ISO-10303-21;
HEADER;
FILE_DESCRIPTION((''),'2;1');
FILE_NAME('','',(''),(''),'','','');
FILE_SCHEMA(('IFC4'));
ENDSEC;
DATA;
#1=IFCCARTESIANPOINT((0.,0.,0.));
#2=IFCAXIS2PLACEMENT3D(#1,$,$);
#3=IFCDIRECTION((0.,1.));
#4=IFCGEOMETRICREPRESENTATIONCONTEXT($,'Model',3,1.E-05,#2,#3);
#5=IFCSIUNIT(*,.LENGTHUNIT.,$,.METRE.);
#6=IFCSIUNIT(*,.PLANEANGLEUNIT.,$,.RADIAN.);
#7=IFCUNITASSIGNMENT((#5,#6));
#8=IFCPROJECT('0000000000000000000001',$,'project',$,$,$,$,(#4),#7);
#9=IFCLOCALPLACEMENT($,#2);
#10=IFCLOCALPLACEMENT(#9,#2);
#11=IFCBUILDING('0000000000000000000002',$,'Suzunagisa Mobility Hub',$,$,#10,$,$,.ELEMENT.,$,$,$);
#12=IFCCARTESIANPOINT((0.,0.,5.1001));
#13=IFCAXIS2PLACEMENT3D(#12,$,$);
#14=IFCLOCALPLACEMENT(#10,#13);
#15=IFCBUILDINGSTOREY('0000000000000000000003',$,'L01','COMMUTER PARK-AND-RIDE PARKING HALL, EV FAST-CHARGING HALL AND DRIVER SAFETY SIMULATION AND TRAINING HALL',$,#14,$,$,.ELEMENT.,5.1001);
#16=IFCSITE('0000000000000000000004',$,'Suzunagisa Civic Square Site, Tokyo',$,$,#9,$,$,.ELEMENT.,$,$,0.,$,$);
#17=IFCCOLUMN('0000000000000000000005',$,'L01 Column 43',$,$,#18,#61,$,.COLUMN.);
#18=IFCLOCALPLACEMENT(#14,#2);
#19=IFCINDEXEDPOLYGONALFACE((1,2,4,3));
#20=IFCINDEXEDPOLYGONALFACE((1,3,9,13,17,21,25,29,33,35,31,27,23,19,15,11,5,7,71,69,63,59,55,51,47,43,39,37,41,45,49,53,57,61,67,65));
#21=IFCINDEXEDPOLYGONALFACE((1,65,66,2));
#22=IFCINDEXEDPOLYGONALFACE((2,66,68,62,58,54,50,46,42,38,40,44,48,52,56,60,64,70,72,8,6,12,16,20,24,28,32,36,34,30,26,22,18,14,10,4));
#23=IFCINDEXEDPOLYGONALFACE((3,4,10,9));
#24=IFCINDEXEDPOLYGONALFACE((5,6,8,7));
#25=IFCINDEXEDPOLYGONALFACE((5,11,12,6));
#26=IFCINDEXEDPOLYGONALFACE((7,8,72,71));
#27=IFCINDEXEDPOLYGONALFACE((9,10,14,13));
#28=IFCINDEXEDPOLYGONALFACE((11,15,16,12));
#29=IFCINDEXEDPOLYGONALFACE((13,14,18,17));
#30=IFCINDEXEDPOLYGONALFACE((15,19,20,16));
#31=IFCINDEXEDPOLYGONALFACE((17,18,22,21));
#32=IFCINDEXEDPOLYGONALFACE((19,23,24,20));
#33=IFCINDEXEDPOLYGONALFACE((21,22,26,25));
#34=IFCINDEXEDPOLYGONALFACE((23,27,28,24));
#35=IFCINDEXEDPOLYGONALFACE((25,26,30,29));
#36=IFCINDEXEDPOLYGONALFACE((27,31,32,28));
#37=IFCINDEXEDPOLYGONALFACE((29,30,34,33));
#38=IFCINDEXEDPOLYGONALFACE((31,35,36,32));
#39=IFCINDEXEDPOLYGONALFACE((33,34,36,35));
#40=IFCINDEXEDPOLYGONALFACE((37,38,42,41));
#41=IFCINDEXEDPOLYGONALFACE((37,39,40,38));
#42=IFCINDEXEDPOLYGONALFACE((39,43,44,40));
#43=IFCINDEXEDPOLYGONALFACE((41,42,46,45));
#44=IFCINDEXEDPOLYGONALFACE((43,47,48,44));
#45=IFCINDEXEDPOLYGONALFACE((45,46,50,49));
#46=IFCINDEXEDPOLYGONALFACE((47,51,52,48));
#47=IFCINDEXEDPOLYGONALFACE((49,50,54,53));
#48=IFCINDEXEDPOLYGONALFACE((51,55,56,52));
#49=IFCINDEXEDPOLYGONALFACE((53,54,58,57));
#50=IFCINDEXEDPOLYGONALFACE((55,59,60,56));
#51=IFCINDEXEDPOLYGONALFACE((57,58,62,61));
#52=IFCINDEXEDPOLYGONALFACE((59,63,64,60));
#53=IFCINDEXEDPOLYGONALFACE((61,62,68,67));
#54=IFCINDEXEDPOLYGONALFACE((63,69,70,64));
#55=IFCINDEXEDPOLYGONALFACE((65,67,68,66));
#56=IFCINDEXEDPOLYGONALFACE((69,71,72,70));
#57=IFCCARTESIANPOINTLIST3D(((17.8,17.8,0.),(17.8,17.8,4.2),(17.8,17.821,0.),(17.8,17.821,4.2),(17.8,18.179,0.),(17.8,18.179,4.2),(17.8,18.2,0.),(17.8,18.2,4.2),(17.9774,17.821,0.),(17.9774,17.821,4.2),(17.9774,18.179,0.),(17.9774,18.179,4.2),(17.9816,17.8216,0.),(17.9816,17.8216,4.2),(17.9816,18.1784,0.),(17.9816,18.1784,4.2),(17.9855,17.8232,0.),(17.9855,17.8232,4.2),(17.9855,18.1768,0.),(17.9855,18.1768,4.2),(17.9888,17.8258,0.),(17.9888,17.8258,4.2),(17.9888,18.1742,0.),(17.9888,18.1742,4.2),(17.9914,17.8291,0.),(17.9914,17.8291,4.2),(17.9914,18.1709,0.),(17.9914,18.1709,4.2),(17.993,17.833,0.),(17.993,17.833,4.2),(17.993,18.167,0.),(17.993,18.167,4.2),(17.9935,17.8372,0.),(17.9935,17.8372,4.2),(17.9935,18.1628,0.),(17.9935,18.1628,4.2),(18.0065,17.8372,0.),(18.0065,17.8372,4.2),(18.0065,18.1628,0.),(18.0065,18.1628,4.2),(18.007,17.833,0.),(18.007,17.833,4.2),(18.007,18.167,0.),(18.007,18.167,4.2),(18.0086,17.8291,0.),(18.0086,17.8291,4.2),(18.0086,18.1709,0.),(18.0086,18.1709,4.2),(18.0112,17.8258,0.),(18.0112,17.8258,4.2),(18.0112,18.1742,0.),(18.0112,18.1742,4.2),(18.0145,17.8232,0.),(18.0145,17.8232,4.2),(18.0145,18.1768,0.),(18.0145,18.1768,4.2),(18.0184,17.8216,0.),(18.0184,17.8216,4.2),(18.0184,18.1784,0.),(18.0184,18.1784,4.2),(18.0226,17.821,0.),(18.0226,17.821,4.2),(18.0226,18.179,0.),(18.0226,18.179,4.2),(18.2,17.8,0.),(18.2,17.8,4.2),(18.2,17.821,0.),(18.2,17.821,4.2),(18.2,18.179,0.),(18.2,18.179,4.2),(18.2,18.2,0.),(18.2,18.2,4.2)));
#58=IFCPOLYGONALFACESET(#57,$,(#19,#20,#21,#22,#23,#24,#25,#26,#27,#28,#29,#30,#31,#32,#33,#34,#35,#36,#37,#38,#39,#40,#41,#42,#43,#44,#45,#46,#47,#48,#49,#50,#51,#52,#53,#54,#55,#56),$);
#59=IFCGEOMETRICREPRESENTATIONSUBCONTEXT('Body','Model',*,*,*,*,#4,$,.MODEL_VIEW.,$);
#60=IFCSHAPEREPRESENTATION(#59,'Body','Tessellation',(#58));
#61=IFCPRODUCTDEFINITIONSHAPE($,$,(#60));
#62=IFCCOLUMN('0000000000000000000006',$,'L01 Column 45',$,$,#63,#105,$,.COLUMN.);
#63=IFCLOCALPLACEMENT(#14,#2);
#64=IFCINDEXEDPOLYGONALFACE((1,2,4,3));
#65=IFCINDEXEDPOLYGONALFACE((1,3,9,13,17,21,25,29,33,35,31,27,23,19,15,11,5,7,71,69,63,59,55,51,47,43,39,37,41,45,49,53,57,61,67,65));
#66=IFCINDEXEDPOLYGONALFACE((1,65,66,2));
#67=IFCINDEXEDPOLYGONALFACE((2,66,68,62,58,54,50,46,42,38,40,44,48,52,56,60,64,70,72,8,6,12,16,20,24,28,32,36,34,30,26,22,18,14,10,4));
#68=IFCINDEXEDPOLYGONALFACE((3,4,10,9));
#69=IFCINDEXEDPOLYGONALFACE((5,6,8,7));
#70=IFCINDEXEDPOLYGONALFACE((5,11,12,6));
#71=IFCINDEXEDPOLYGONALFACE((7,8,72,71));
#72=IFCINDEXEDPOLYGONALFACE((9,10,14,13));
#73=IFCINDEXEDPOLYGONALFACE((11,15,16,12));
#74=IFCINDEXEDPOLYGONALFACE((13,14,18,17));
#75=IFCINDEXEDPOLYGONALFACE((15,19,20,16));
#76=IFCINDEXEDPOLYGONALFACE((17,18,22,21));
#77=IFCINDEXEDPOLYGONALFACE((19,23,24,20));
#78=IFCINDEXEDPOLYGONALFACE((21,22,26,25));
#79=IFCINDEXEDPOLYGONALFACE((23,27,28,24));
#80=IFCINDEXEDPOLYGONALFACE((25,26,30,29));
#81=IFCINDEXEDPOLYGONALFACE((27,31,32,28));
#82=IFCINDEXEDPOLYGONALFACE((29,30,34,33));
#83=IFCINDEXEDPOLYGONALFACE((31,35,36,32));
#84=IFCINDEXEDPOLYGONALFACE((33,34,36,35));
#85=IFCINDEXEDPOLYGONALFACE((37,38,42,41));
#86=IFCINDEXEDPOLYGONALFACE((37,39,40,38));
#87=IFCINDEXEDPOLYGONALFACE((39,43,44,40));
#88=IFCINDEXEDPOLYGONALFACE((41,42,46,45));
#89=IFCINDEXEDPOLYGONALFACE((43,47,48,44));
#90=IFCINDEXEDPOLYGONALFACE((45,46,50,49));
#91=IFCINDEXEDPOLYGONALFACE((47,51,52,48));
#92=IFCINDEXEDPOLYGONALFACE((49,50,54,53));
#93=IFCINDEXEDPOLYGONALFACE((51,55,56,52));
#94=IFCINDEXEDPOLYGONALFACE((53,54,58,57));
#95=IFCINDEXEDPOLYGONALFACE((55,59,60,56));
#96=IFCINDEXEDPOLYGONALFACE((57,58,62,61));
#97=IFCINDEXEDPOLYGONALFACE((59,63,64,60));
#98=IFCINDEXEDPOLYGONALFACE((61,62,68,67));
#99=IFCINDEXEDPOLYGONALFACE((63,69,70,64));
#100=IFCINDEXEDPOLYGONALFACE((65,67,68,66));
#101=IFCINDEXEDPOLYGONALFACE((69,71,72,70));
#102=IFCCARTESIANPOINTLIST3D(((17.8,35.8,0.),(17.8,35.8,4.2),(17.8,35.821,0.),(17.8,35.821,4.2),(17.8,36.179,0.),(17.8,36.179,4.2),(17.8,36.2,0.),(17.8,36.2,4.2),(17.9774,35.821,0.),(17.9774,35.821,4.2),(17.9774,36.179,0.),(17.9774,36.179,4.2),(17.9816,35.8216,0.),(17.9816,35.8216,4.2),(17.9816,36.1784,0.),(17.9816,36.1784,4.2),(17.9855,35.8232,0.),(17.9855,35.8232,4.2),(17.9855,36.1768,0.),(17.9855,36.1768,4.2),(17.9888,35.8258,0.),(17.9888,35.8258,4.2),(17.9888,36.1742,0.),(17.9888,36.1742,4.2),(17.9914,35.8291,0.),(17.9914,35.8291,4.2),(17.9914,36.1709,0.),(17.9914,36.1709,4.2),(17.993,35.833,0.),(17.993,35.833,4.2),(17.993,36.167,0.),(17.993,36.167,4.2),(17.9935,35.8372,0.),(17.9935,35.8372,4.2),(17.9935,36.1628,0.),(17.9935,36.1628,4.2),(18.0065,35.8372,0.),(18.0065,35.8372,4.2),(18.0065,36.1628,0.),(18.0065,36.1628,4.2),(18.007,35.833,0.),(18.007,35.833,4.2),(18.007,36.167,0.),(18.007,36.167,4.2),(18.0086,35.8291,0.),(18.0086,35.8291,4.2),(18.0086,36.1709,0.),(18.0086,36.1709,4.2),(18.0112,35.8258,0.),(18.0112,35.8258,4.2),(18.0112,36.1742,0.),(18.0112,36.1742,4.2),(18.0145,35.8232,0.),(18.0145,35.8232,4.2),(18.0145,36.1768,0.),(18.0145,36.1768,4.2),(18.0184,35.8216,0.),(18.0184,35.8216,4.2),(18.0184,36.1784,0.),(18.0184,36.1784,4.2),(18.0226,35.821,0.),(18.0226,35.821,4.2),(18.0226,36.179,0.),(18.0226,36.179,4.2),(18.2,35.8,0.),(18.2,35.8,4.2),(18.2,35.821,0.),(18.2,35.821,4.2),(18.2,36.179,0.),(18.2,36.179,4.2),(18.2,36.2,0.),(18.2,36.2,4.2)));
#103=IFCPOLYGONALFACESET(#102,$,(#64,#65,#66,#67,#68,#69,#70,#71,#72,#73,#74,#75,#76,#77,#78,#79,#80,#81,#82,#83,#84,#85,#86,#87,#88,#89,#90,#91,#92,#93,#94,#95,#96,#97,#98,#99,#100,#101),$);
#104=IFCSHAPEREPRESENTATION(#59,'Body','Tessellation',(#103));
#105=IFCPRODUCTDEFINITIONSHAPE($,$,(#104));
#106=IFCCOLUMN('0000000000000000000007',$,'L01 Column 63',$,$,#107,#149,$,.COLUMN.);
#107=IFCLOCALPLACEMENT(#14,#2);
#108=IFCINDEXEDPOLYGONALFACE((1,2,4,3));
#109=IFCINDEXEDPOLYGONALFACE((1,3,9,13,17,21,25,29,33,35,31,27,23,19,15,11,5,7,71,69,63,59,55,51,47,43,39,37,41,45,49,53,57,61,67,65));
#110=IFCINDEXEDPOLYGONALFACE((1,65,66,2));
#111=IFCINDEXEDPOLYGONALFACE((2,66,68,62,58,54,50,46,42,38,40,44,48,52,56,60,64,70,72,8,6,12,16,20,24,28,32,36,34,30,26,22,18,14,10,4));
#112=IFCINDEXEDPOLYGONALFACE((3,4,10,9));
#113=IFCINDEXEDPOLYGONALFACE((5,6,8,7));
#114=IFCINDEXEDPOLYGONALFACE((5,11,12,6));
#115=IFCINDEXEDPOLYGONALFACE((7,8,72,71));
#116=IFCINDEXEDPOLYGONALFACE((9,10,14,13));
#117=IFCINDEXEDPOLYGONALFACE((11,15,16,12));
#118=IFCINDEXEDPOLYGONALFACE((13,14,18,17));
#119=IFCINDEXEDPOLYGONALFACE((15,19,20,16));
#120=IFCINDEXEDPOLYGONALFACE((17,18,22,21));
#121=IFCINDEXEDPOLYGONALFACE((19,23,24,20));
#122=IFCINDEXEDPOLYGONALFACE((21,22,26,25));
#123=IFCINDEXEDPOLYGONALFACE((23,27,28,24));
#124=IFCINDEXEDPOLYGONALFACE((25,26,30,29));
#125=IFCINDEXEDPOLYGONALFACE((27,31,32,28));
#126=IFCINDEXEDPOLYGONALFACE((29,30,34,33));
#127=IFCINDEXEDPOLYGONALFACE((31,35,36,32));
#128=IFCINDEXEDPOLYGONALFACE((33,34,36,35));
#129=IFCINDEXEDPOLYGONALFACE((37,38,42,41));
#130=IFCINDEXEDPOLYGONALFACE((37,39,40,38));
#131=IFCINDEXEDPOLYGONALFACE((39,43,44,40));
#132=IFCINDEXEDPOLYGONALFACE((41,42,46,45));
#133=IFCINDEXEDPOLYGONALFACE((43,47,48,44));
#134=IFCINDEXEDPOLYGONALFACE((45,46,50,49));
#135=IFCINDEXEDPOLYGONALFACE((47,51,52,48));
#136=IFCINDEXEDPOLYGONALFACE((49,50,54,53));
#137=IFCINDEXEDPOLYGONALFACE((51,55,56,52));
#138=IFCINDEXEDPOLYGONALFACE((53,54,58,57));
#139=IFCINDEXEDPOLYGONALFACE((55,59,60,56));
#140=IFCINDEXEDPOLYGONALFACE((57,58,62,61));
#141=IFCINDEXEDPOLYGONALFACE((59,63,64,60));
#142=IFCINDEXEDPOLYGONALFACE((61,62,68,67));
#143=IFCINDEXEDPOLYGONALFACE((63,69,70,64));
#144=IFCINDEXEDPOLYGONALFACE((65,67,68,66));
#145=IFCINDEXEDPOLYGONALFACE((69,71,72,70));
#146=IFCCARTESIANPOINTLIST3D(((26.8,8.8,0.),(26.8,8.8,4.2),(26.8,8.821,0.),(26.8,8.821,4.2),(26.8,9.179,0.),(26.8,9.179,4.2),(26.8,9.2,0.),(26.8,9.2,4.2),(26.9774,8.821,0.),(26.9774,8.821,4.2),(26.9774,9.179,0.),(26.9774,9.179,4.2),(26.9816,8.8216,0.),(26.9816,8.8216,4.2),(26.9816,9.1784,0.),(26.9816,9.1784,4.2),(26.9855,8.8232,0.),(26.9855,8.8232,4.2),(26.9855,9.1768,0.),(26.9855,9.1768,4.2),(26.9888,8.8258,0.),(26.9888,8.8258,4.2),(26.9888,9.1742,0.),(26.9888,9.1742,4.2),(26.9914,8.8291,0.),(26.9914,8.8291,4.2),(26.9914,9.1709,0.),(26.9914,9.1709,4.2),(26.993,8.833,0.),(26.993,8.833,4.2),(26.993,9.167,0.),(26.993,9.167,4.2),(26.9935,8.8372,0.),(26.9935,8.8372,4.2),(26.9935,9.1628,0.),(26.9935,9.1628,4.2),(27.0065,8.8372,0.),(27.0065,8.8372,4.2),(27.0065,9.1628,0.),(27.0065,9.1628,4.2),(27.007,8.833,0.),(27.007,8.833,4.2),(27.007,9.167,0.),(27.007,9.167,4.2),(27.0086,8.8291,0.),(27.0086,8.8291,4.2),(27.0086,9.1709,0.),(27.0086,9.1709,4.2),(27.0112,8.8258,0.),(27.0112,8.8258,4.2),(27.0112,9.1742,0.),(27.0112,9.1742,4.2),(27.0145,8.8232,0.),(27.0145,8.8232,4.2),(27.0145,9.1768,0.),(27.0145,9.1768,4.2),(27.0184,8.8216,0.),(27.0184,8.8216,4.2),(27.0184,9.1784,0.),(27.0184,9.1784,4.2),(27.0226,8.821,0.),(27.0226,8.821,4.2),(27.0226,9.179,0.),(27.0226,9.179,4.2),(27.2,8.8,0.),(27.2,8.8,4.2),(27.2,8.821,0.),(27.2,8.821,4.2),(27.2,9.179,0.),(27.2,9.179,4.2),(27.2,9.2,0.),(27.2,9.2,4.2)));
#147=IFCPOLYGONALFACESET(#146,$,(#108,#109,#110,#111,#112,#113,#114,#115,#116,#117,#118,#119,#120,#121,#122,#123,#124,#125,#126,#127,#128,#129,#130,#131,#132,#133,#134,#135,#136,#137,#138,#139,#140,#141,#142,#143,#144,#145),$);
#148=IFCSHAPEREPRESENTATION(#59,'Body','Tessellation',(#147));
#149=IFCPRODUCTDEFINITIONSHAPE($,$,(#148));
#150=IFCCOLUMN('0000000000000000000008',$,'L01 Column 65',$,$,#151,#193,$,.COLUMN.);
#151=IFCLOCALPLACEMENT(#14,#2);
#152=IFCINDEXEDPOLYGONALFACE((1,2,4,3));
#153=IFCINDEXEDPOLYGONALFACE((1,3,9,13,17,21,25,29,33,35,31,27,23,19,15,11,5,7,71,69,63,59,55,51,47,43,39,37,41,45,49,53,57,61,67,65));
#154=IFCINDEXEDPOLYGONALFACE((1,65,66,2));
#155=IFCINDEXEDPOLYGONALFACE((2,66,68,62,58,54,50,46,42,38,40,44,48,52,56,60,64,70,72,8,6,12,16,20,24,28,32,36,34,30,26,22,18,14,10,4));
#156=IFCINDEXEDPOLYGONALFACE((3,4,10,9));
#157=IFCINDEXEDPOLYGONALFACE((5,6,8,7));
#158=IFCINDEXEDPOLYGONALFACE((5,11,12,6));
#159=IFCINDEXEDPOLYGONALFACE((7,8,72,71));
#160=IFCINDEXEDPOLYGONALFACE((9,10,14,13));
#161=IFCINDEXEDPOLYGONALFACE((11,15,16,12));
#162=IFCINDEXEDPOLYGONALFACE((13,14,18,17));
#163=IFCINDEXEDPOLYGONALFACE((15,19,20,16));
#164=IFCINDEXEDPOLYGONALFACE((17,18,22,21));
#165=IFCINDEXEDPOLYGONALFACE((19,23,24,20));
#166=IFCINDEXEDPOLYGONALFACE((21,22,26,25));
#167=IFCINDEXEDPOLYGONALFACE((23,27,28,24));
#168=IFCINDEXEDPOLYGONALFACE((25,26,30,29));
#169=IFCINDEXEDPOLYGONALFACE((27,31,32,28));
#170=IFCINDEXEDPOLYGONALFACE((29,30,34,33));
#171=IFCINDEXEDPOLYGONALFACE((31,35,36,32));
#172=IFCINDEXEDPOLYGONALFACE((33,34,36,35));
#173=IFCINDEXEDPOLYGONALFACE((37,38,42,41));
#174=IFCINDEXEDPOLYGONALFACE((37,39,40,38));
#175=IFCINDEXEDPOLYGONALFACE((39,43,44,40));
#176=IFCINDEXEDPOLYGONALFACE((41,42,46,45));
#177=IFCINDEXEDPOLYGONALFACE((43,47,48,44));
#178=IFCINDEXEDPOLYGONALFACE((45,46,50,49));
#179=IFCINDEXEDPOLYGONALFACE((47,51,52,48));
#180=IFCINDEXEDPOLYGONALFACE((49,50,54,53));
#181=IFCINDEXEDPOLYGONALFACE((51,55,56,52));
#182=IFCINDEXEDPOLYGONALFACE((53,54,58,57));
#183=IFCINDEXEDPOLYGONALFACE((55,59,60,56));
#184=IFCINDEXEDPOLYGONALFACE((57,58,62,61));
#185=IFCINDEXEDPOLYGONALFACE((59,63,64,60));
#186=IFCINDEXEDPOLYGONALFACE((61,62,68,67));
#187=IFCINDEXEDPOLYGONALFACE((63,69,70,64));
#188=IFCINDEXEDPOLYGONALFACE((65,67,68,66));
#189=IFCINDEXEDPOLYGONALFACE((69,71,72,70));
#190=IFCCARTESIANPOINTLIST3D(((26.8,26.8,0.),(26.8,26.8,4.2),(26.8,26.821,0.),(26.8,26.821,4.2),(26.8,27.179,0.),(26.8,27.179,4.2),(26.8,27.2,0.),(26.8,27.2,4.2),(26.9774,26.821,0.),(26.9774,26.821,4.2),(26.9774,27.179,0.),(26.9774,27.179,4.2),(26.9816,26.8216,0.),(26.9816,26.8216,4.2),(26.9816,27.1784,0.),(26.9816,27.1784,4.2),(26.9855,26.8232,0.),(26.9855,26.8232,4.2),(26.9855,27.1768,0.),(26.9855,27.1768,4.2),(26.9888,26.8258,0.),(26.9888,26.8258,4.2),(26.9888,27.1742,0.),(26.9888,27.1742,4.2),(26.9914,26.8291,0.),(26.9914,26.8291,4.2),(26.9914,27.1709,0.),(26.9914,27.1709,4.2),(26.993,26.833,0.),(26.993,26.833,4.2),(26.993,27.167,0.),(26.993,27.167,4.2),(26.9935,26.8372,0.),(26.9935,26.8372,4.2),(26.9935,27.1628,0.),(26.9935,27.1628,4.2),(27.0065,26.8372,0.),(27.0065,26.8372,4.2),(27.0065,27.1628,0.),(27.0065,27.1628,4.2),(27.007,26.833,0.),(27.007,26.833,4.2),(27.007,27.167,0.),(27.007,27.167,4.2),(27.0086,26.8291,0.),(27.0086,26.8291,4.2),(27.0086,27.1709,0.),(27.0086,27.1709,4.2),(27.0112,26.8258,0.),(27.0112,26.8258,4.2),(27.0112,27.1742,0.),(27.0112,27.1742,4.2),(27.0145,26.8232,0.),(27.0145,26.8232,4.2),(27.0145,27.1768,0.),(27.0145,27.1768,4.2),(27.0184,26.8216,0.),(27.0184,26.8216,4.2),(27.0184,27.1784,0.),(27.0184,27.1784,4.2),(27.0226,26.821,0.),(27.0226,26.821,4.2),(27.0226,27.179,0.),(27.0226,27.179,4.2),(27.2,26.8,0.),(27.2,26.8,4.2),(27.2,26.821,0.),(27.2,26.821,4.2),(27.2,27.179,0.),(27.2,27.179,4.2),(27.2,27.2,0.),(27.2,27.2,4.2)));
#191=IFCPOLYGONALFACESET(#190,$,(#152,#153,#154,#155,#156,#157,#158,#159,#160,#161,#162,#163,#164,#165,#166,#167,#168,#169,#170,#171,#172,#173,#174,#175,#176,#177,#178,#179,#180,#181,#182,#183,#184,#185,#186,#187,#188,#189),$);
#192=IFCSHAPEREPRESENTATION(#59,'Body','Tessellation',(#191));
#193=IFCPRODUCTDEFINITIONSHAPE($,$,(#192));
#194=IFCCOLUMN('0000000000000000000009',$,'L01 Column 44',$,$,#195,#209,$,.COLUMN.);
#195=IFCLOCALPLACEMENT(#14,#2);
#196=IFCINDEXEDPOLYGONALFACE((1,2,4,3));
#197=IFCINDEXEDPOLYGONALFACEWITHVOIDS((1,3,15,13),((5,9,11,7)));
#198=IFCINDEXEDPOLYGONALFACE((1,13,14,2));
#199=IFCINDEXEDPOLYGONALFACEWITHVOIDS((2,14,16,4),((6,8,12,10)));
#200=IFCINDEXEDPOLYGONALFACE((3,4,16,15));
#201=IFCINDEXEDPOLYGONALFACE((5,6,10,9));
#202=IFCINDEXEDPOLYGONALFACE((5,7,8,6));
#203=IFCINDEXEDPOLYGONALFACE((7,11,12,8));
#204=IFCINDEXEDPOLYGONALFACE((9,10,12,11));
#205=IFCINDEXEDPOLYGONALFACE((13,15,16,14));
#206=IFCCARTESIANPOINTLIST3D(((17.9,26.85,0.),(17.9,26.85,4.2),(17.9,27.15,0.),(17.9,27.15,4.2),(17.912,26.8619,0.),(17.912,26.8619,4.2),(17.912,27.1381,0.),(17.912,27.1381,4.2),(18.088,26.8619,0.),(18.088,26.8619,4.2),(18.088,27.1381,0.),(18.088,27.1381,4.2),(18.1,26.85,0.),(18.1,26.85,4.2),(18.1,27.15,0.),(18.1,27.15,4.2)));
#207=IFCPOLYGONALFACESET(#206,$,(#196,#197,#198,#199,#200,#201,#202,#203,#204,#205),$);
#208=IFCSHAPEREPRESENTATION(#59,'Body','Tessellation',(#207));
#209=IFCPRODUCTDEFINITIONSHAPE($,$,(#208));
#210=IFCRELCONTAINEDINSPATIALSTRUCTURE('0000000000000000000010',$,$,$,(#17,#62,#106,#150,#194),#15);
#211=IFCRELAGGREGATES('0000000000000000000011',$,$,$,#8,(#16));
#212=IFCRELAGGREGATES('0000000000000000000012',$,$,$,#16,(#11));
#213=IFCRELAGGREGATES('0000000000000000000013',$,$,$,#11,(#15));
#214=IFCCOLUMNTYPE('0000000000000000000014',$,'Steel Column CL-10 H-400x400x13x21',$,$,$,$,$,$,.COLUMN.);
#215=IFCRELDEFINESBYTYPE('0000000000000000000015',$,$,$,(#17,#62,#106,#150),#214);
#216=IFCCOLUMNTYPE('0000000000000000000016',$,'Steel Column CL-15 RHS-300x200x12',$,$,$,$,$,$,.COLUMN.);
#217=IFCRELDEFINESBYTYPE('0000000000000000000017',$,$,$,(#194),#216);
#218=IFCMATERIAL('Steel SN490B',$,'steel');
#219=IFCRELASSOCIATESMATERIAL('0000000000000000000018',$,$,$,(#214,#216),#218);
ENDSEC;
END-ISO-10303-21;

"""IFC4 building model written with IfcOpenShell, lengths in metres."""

from ifc_helpers import new_model, si_unit, direction, frame, origin, origin_2d, place, context, subcontext, project, spatial, hollow_rectangle, i_section, extrude, material, material_profile, profile_set, type_object, element, save


model = new_model("IFC4")

# Units and contexts
model_context = context("Model", 3, precision=1e-05, world=origin(), true_north=direction((0.0, 1.0)))
body_context = subcontext(model_context, "Body", "Model", "MODEL_VIEW")
ifc_project = project(units=[si_unit("LENGTHUNIT", "METRE"), si_unit("PLANEANGLEUNIT", "RADIAN")], contexts=[model_context])

# Site, building, storey
site_placement = place(None, origin())
site = spatial("IfcSite", under=ifc_project, at=site_placement, Name="Suzunagisa Civic Square Site, Tokyo", CompositionType="ELEMENT", RefElevation=0.0)
building_placement = place(site_placement, origin())
building = spatial("IfcBuilding", under=site, at=building_placement, Name="Suzunagisa Mobility Hub", CompositionType="ELEMENT")
storey_placement = place(building_placement, frame((0.0, 0.0, 5.1001)))
storey = spatial("IfcBuildingStorey", under=building, at=storey_placement, Name="L01", Description="COMMUTER PARK-AND-RIDE PARKING HALL, EV FAST-CHARGING HALL AND DRIVER SAFETY SIMULATION AND TRAINING HALL", CompositionType="ELEMENT", Elevation=5.1001)

# Columns
ifc_material_1 = material(Name="Steel SN490B", Category="steel")
ifc_material_profile_1 = material_profile(ifc_material_1, i_section(OverallWidth=0.3999, OverallDepth=0.3999, WebThickness=0.0129, FlangeThickness=0.021, FilletRadius=0.0161, at=origin_2d()), Name="H-400x400x13x21")
ifc_profile_set_1 = profile_set([ifc_material_profile_1], Name="Steel SN490B")
column_type_1 = type_object("IfcColumnType", Name="Steel Column CL-10 H-400x400x13x21", PredefinedType="COLUMN", material=ifc_profile_set_1)
for number, where, z_axis, x_axis, name in (
    (1, (18.0, 18.0, 0.0), (0.0, 0.0, 1.0), (1.0, 0.0, 0.0), "L01 Column 43"),
    (2, (18.0, 36.0, 0.0), (0.0, 0.0, 1.0), (1.0, 0.0, 0.0), "L01 Column 45"),
    (3, (27.0, 9.0, 0.0), (0.0, 0.0, 1.0), (1.0, 0.0, 0.0), "L01 Column 63"),
    (4, (27.0, 27.0, 0.0), (0.0, 0.0, 1.0), (1.0, 0.0, 0.0), "L01 Column 65"),
):
    element("IfcColumn", number, at=place(storey_placement, frame(where, z_axis=z_axis, x_axis=x_axis)), inside=storey, type_object=column_type_1, Name=name, PredefinedType="COLUMN", context=body_context, shape_type="SweptSolid", body=[
        extrude(i_section(OverallWidth=0.3999, OverallDepth=0.3999, WebThickness=0.0129, FlangeThickness=0.021, FilletRadius=0.0161, at=origin_2d()), origin(), (0.0, 0.0, 1.0), 4.2),
    ])
ifc_material_profile_2 = material_profile(ifc_material_1, hollow_rectangle(XDim=0.2, YDim=0.3, WallThickness=0.012, at=origin_2d()), Name="RHS-300x200x12")
ifc_profile_set_2 = profile_set([ifc_material_profile_2], Name="Steel SN490B")
column_type_2 = type_object("IfcColumnType", Name="Steel Column CL-15 RHS-300x200x12", PredefinedType="COLUMN", material=ifc_profile_set_2)
for number, where, z_axis, x_axis, name in (
    (5, (18.0, 27.0, 0.0), (0.0, 0.0, 1.0), (1.0, 0.0, 0.0), "L01 Column 44"),
):
    element("IfcColumn", number, at=place(storey_placement, frame(where, z_axis=z_axis, x_axis=x_axis)), inside=storey, type_object=column_type_2, Name=name, PredefinedType="COLUMN", context=body_context, shape_type="SweptSolid", body=[
        extrude(hollow_rectangle(XDim=0.2, YDim=0.3, WallThickness=0.012, at=origin_2d()), origin(), (0.0, 0.0, 1.0), 4.2),
    ])

save(model, "model.ifc")
